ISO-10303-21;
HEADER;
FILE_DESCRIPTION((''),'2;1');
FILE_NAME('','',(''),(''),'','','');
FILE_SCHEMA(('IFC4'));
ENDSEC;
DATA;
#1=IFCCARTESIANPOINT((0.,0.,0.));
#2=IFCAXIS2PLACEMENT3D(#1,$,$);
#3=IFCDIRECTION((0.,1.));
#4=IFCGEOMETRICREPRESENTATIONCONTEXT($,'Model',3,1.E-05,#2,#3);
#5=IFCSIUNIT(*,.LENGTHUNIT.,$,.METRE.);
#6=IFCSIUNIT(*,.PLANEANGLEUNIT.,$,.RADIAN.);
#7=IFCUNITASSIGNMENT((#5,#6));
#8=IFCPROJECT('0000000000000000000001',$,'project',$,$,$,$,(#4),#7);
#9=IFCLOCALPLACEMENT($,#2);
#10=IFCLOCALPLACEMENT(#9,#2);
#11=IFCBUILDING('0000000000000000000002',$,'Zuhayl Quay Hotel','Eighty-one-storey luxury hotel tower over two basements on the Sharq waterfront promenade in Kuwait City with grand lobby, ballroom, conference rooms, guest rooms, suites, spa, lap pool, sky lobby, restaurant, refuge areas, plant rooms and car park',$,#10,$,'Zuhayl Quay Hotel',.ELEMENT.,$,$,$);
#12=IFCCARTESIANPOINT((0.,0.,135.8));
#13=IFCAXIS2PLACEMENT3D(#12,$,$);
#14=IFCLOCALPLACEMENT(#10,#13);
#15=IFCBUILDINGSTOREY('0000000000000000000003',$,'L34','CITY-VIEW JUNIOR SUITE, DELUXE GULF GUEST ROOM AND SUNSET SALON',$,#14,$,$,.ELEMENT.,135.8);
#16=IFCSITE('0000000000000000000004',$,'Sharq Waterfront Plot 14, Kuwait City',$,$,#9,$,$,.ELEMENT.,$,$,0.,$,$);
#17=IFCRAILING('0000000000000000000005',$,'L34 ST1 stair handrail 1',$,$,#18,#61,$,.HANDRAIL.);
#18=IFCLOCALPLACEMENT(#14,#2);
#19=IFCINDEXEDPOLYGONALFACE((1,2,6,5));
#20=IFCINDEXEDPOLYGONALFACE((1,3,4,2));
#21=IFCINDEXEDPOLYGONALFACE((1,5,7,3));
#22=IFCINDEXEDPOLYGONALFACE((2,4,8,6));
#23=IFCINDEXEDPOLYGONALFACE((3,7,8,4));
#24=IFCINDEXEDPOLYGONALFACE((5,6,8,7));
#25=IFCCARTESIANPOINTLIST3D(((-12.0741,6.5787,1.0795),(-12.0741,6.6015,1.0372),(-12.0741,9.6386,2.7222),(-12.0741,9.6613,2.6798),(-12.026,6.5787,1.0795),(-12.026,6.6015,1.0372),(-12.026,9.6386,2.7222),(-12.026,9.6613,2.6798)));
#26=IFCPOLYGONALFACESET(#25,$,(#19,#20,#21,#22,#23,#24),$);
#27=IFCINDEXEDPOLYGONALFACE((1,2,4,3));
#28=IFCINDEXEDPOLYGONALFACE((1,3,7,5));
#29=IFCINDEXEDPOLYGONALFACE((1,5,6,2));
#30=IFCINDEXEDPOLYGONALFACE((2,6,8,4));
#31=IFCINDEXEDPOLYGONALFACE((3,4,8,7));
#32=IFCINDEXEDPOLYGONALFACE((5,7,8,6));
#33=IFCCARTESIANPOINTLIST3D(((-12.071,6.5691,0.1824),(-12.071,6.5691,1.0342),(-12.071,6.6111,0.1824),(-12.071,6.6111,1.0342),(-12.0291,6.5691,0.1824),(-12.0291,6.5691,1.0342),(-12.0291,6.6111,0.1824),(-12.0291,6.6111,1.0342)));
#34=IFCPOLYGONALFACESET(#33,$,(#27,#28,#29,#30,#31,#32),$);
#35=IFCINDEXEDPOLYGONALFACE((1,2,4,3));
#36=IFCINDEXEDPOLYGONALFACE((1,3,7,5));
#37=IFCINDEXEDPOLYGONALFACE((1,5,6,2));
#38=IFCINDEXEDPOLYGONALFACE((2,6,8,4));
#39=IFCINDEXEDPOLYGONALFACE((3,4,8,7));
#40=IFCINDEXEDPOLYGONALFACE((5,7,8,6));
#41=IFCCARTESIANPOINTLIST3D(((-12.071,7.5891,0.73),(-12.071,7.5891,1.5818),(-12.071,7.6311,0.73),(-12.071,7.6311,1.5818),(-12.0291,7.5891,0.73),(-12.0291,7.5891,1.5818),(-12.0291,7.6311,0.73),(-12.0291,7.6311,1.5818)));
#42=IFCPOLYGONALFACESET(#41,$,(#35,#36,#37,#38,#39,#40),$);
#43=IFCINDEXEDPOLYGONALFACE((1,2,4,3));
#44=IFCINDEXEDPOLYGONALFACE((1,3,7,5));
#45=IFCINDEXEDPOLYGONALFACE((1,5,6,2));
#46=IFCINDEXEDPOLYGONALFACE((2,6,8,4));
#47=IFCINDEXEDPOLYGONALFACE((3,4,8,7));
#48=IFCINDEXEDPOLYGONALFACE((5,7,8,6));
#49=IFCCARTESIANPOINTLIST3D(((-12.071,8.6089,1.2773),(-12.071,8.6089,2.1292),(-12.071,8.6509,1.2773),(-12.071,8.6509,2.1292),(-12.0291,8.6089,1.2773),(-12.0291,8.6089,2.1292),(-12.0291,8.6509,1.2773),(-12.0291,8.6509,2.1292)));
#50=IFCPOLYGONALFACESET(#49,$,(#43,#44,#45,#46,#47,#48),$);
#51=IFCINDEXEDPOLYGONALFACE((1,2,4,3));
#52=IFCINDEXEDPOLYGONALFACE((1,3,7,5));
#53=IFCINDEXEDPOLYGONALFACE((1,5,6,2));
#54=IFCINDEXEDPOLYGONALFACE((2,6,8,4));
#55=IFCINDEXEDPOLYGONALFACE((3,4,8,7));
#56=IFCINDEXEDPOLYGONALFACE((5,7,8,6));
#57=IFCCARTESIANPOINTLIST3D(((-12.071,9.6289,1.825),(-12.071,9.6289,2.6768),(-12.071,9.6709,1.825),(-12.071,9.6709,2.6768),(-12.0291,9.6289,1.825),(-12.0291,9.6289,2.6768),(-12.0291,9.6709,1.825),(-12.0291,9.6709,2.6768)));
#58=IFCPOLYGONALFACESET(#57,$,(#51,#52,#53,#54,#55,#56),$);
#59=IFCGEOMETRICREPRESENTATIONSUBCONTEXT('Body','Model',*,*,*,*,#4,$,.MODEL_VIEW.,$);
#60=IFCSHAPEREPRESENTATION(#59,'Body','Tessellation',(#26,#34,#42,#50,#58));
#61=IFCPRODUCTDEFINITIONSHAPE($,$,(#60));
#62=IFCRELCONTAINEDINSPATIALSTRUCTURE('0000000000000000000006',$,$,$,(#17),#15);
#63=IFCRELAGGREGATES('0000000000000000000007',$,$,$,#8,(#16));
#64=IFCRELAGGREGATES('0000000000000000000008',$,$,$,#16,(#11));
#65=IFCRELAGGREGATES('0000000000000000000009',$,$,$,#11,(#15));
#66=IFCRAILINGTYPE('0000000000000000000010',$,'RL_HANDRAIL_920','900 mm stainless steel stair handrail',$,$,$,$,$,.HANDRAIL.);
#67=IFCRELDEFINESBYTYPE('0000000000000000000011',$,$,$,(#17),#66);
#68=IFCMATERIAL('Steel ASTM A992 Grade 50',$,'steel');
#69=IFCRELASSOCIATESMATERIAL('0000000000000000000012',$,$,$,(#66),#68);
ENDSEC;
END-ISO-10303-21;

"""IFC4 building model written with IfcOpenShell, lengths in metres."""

from ifc_helpers import new_model, si_unit, direction, frame, origin, origin_2d, place, context, subcontext, project, spatial, rectangle, extrude, material, type_object, element, save


model = new_model("IFC4")

# Units and contexts
model_context = context("Model", 3, precision=1e-05, world=origin(), true_north=direction((0.0, 1.0)))
body_context = subcontext(model_context, "Body", "Model", "MODEL_VIEW")
ifc_project = project(units=[si_unit("LENGTHUNIT", "METRE"), si_unit("PLANEANGLEUNIT", "RADIAN")], contexts=[model_context])

# Site, building, storey
site_placement = place(None, origin())
site = spatial("IfcSite", under=ifc_project, at=site_placement, Name="Sharq Waterfront Plot 14, Kuwait City", CompositionType="ELEMENT", RefElevation=0.0)
building_placement = place(site_placement, origin())
building = spatial("IfcBuilding", under=site, at=building_placement, Name="Zuhayl Quay Hotel", Description="Eighty-one-storey luxury hotel tower over two basements on the Sharq waterfront promenade in Kuwait City with grand lobby, ballroom, conference rooms, guest rooms, suites, spa, lap pool, sky lobby, restaurant, refuge areas, plant rooms and car park", LongName="Zuhayl Quay Hotel", CompositionType="ELEMENT")
storey_placement = place(building_placement, frame((0.0, 0.0, 135.8)))
storey = spatial("IfcBuildingStorey", under=building, at=storey_placement, Name="L34", Description="CITY-VIEW JUNIOR SUITE, DELUXE GULF GUEST ROOM AND SUNSET SALON", CompositionType="ELEMENT", Elevation=135.8)

# Shared definitions
ifc_material_1 = material(Name="Steel ASTM A992 Grade 50", Category="steel")

# Railing
railing_type_1 = type_object("IfcRailingType", Name="RL_HANDRAIL_920", Description="900 mm stainless steel stair handrail", PredefinedType="HANDRAIL", material=ifc_material_1)
railing_1_placement = place(storey_placement, frame((-12.05, 6.5901, 0.1824)))
element("IfcRailing", 1, at=railing_1_placement, inside=storey, type_object=railing_type_1, Name="L34 ST1 stair handrail 1", PredefinedType="HANDRAIL", context=body_context, shape_type="SweptSolid", body=[
    extrude(rectangle(XDim=0.0481, YDim=0.0481, at=origin_2d()), frame((0.0, 0.0, 0.876), z_axis=(0.0, 0.881073, 0.47298), x_axis=(-1.0, 0.0, 0.0)), (0.0, 0.0, 1.0), 3.4729),
    extrude(rectangle(XDim=0.042, YDim=0.042, at=origin_2d()), origin(), (0.0, 0.0, 1.0), 0.8518),
    extrude(rectangle(XDim=0.042, YDim=0.042, at=origin_2d()), frame((0.0, 1.02, 0.5476)), (0.0, 0.0, 1.0), 0.8518),
    extrude(rectangle(XDim=0.042, YDim=0.042, at=origin_2d()), frame((0.0, 2.0398, 1.095)), (0.0, 0.0, 1.0), 0.8518),
    extrude(rectangle(XDim=0.042, YDim=0.042, at=origin_2d()), frame((0.0, 3.0598, 1.6426)), (0.0, 0.0, 1.0), 0.8518),
])

save(model, "model.ifc")
